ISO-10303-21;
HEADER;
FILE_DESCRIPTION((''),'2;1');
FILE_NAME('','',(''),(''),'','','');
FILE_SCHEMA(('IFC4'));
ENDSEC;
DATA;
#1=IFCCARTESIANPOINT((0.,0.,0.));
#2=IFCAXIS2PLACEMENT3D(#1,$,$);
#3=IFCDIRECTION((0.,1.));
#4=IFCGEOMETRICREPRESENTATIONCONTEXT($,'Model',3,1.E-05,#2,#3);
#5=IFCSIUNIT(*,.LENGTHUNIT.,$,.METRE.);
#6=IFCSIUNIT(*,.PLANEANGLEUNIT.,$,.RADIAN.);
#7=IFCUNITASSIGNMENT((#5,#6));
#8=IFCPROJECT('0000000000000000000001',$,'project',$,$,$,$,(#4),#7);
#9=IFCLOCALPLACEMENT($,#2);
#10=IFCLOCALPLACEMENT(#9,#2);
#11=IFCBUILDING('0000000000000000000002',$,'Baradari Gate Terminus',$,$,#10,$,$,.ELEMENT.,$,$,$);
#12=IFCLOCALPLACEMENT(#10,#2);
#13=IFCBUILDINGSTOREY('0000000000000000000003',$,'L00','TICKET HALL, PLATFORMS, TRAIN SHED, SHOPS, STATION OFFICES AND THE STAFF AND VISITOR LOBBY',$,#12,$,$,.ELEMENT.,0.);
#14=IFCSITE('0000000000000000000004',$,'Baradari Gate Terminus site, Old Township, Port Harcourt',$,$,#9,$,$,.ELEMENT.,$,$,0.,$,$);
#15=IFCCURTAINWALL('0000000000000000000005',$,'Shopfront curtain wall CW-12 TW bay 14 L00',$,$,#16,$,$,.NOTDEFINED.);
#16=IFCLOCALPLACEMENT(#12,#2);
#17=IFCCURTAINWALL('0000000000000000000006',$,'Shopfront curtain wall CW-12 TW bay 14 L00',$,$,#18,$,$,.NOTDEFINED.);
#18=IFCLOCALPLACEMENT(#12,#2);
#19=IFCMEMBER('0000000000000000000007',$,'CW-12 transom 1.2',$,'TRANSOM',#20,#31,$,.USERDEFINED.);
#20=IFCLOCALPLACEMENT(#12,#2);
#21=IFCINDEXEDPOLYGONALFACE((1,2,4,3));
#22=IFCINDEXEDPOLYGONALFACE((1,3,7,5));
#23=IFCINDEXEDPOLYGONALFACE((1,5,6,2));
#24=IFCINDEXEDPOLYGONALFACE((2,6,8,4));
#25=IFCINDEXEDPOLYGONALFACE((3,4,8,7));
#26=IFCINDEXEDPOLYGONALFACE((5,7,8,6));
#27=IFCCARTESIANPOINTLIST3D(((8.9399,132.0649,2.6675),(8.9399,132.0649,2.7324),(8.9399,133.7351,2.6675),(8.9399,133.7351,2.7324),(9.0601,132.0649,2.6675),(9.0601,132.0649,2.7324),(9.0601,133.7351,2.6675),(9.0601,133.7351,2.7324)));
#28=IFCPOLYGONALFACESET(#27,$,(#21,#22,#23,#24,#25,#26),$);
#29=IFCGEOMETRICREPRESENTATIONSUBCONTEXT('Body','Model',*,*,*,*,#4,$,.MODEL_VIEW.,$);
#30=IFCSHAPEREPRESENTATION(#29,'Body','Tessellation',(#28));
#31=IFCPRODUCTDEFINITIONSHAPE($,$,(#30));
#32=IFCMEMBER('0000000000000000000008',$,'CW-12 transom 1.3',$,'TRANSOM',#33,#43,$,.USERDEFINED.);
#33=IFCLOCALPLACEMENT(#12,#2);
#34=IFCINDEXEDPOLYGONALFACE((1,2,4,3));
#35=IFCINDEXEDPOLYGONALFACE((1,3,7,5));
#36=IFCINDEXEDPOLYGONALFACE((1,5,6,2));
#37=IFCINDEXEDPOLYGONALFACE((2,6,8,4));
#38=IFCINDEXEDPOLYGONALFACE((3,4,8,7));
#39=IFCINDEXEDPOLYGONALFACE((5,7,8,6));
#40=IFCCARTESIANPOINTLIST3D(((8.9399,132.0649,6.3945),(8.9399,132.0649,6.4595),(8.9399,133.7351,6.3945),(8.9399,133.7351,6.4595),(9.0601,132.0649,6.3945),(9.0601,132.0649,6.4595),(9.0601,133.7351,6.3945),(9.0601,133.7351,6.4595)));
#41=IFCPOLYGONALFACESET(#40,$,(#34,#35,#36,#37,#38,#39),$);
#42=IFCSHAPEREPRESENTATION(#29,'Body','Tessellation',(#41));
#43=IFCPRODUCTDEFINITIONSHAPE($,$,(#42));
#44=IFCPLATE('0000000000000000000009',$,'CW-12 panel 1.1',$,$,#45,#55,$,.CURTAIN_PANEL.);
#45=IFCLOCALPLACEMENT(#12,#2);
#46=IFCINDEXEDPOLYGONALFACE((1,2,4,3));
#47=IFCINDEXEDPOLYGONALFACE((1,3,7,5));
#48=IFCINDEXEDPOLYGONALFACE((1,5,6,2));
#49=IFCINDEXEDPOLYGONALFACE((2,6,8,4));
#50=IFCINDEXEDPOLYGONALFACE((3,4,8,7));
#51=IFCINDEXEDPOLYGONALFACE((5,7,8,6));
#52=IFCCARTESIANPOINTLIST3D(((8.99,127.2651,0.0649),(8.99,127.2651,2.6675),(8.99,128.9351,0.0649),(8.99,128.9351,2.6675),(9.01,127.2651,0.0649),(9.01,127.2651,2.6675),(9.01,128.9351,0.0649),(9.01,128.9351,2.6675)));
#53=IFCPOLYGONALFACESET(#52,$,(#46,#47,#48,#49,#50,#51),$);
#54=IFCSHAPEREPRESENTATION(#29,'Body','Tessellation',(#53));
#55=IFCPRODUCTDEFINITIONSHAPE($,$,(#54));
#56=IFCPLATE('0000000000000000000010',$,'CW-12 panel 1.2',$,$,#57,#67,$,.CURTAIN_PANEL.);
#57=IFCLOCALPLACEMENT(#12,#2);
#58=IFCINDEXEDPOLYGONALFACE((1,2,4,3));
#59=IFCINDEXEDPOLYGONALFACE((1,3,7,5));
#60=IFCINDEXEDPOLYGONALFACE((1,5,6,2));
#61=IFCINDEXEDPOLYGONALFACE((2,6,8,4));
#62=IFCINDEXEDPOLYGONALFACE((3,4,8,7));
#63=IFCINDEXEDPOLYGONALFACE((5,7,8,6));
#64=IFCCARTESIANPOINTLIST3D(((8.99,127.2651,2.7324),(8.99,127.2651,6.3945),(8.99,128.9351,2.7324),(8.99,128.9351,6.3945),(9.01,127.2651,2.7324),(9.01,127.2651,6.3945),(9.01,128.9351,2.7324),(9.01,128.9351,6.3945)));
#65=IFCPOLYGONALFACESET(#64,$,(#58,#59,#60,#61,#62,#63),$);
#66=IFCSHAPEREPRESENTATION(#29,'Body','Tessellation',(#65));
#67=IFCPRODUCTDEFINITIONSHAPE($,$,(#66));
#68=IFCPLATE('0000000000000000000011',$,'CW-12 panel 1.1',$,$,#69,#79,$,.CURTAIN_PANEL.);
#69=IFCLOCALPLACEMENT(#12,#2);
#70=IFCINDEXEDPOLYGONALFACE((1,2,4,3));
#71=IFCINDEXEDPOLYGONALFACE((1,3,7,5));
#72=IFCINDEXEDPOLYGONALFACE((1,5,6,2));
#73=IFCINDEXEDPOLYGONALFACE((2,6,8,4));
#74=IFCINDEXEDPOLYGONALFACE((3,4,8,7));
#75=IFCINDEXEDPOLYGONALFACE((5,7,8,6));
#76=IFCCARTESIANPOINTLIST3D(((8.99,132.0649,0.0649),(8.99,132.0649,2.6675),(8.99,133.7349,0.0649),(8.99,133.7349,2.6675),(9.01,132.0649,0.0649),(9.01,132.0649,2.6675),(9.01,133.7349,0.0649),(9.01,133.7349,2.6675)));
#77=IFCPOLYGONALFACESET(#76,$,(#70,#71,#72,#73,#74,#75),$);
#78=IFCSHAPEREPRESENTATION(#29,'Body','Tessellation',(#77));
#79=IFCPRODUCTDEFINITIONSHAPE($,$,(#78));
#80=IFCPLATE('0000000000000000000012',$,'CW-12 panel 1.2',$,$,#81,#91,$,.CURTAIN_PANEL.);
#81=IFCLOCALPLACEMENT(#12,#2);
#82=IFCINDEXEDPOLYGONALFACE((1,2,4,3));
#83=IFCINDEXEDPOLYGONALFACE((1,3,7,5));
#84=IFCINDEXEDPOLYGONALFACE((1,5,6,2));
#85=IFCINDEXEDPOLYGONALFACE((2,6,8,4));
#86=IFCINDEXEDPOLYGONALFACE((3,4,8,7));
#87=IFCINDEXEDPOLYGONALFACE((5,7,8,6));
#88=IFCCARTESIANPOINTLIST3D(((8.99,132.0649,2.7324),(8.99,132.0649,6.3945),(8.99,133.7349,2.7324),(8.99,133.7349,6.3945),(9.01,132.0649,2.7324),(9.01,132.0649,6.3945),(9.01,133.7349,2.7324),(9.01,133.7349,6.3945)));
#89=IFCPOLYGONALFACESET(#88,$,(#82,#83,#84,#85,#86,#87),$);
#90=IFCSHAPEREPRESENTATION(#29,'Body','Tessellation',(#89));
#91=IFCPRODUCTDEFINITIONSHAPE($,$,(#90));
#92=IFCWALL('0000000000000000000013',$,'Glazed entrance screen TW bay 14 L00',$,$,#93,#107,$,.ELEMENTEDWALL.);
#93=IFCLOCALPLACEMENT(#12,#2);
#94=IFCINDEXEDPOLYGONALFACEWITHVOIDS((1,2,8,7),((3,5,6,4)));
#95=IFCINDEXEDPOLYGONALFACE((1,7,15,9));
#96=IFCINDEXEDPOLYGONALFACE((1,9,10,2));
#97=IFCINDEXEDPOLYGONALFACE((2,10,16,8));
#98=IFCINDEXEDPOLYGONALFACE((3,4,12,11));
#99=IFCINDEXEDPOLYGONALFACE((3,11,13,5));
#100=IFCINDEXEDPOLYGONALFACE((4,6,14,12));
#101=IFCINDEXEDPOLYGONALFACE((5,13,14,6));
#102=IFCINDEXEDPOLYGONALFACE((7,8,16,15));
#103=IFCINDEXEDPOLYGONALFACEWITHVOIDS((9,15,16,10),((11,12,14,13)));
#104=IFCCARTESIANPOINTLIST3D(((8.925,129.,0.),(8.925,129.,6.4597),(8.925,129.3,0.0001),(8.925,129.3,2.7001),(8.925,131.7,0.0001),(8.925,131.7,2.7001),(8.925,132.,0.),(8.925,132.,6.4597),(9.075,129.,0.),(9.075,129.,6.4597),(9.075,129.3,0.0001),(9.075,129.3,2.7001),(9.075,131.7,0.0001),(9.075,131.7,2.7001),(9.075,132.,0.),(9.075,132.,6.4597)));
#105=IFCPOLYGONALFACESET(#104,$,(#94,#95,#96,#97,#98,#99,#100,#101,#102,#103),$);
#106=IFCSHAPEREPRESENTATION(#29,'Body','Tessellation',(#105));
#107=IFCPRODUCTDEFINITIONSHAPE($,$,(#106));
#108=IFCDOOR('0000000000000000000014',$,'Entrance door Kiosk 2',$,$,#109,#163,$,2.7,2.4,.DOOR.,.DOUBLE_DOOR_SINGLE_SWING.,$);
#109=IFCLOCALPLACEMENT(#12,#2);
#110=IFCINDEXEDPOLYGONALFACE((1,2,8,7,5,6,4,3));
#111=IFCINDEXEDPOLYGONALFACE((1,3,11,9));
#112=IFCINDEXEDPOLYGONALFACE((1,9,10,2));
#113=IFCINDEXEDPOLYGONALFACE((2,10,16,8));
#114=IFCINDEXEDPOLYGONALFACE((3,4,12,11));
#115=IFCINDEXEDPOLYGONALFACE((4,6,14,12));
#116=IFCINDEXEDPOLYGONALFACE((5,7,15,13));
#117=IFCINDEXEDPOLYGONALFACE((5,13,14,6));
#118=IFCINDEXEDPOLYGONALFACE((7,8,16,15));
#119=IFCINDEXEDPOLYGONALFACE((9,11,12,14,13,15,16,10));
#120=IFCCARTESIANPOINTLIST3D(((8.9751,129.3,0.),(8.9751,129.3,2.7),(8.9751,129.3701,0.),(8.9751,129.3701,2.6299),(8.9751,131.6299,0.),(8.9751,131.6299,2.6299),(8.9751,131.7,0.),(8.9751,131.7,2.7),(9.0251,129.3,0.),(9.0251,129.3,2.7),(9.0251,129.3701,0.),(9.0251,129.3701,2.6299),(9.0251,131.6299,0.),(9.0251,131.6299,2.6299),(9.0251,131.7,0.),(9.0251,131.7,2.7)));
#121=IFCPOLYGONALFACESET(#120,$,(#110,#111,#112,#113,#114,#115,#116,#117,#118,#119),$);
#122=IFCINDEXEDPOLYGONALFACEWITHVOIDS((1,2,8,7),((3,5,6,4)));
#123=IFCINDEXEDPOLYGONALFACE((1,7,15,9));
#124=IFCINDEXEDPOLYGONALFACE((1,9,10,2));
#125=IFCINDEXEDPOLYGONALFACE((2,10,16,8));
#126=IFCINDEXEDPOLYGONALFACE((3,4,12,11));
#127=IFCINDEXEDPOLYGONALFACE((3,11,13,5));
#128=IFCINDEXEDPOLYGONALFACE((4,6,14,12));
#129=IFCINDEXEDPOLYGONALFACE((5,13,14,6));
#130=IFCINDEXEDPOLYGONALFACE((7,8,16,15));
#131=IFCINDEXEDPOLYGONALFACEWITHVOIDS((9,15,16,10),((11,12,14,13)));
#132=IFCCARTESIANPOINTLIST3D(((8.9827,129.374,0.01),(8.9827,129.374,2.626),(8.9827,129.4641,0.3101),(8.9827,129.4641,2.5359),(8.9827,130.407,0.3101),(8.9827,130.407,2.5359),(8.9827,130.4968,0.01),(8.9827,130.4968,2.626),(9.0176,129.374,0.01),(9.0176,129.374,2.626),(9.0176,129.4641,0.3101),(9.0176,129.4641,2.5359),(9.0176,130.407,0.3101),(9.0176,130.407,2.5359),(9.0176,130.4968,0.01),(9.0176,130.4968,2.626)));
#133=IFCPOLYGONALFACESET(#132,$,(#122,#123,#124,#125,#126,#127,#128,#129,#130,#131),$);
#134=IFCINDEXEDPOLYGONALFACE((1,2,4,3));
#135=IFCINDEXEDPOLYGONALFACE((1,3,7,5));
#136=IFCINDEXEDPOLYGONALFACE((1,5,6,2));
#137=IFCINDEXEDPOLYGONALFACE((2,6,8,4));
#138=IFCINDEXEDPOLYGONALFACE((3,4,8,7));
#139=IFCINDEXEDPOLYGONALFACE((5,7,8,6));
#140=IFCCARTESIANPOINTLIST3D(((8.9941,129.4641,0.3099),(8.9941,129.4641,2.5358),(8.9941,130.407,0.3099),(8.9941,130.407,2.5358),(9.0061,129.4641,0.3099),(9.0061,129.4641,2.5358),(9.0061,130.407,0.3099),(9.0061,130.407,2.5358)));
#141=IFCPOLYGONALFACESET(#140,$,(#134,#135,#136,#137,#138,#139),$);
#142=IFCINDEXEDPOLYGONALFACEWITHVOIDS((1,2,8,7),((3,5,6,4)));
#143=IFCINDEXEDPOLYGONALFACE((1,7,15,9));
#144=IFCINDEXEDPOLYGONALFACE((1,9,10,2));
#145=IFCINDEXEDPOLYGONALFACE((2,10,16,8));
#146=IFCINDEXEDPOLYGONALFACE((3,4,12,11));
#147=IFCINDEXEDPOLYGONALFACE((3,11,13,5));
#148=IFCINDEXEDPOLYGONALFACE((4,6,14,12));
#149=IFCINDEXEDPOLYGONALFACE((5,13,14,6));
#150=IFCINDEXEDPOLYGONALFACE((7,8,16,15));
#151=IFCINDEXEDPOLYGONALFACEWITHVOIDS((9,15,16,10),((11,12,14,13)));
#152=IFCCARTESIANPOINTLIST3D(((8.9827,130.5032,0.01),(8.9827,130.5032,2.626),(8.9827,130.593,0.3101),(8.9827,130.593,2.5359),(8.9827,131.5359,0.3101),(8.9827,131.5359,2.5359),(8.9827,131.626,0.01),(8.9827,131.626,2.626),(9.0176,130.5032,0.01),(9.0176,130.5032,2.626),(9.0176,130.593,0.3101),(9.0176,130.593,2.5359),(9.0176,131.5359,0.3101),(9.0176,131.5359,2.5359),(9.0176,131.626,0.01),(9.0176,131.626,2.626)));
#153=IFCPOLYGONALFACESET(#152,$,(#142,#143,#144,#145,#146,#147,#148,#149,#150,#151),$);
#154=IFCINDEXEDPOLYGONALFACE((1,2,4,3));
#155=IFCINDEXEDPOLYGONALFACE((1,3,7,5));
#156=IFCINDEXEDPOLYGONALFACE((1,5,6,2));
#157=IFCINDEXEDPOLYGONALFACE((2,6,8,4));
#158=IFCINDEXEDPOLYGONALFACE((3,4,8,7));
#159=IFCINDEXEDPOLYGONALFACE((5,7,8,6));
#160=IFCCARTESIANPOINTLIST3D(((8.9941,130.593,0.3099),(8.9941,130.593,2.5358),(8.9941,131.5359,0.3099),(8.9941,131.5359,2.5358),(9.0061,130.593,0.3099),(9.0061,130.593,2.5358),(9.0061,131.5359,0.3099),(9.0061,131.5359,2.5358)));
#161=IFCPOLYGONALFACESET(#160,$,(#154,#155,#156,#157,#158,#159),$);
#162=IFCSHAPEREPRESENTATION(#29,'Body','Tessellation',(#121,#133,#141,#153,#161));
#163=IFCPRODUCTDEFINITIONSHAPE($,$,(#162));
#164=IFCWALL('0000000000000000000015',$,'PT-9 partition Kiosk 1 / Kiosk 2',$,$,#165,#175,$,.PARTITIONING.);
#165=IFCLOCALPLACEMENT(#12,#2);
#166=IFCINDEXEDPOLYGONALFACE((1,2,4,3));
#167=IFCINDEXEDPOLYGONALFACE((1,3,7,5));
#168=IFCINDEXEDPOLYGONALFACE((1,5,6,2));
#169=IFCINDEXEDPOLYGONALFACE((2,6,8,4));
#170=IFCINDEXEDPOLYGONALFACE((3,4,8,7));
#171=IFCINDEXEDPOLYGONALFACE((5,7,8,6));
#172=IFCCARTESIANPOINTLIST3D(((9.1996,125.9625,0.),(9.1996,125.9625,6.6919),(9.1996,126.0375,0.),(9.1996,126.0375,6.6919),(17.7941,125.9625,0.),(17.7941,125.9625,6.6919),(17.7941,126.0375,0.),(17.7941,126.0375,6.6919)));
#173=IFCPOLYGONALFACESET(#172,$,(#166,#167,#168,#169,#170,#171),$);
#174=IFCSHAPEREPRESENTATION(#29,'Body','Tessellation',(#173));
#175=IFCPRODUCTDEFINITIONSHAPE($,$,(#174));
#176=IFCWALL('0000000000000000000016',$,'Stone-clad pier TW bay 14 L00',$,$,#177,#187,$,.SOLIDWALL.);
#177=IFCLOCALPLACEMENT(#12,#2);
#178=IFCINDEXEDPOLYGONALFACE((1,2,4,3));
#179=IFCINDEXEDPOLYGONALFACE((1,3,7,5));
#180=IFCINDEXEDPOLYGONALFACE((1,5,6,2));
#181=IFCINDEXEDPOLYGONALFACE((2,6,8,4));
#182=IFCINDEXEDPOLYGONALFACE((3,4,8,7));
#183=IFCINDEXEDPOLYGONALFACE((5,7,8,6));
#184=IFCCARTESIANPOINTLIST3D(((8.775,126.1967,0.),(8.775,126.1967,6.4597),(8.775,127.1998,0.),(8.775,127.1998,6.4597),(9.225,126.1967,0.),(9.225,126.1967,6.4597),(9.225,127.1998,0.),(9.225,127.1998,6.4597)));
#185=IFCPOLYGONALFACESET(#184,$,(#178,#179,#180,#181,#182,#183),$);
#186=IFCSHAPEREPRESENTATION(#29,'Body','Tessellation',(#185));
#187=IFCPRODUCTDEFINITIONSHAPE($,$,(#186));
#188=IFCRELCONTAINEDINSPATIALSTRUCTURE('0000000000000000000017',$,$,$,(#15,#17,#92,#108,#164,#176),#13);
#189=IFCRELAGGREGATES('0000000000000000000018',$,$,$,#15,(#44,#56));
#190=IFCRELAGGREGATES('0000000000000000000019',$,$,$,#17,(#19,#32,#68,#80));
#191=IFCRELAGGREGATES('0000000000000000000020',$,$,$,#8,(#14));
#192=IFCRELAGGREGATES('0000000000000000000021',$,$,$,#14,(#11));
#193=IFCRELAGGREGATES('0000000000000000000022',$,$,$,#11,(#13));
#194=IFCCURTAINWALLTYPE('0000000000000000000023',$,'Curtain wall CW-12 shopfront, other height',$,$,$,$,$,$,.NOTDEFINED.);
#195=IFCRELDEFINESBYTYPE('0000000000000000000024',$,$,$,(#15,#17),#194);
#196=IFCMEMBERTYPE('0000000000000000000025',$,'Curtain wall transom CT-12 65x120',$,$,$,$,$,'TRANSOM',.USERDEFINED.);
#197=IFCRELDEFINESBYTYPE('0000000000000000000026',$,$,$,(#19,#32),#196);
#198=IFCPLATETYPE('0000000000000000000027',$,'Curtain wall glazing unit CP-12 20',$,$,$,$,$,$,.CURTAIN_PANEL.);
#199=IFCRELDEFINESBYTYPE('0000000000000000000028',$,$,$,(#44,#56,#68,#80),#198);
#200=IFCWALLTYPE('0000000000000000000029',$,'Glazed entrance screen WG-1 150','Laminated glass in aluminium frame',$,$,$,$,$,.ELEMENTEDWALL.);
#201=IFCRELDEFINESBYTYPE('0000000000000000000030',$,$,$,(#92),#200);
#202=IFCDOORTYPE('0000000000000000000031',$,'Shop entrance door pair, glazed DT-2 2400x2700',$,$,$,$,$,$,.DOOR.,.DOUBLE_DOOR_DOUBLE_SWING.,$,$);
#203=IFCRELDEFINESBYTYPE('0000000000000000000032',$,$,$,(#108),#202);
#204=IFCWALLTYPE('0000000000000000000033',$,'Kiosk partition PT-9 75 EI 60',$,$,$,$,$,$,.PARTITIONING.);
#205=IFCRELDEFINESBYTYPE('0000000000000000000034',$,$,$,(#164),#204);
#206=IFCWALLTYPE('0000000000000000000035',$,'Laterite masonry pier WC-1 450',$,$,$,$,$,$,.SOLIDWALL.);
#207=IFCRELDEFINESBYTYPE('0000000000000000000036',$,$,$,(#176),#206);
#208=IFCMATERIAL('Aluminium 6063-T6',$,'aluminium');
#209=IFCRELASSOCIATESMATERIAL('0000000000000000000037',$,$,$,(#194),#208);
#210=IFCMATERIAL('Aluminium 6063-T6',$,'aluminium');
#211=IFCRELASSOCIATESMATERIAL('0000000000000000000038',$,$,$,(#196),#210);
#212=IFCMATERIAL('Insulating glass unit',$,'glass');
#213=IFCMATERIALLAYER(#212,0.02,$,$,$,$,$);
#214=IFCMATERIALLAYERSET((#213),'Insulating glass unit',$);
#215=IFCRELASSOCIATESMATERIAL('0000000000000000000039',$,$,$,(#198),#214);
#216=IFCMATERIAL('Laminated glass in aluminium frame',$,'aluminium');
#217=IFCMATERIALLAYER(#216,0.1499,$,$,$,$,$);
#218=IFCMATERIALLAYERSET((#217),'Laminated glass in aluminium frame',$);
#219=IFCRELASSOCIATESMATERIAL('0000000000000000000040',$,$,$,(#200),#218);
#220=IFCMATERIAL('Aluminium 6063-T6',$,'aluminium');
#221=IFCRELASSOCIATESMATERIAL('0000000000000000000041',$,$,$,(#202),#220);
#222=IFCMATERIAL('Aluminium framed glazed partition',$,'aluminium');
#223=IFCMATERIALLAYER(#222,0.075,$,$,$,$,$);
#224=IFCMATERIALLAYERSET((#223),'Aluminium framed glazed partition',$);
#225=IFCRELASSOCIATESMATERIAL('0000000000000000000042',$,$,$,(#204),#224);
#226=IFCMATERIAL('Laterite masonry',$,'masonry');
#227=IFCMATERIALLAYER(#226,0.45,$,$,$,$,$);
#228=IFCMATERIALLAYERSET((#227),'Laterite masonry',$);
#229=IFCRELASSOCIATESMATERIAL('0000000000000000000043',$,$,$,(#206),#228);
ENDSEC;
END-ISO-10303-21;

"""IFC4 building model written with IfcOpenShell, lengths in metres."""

from ifc_helpers import new_model, si_unit, direction, frame, frame_2d, origin, origin_2d, place, context, subcontext, project, spatial, polyline, rectangle, outline, extrude, material, layer, layer_set, material_profile, profile_set, type_object, element, fill, aggregate, save


model = new_model("IFC4")

# Units and contexts
model_context = context("Model", 3, precision=1e-05, world=origin(), true_north=direction((0.0, 1.0)))
body_context = subcontext(model_context, "Body", "Model", "MODEL_VIEW")
ifc_project = project(units=[si_unit("LENGTHUNIT", "METRE"), si_unit("PLANEANGLEUNIT", "RADIAN")], contexts=[model_context])

# Site, building, storey
site_placement = place(None, origin())
site = spatial("IfcSite", under=ifc_project, at=site_placement, Name="Baradari Gate Terminus site, Old Township, Port Harcourt", CompositionType="ELEMENT", RefElevation=0.0)
building_placement = place(site_placement, origin())
building = spatial("IfcBuilding", under=site, at=building_placement, Name="Baradari Gate Terminus", CompositionType="ELEMENT")
storey_placement = place(building_placement, origin())
storey = spatial("IfcBuildingStorey", under=building, at=storey_placement, Name="L00", Description="TICKET HALL, PLATFORMS, TRAIN SHED, SHOPS, STATION OFFICES AND THE STAFF AND VISITOR LOBBY", CompositionType="ELEMENT", Elevation=0.0)

# Curtain wall
ifc_material_1 = material(Name="Aluminium 6063-T6", Category="aluminium")
curtain_wall_type = type_object("IfcCurtainWallType", Name="Curtain wall CW-12 shopfront, other height", PredefinedType="NOTDEFINED", material=ifc_material_1)
curtain_wall_1_placement = place(storey_placement, origin())
curtain_wall_1 = element("IfcCurtainWall", 1, at=curtain_wall_1_placement, inside=storey, type_object=curtain_wall_type, Name="Shopfront curtain wall CW-12 TW bay 14 L00", PredefinedType="NOTDEFINED")

# Curtain wall
curtain_wall_2_placement = place(storey_placement, origin())
curtain_wall_2 = element("IfcCurtainWall", 2, at=curtain_wall_2_placement, inside=storey, type_object=curtain_wall_type, Name="Shopfront curtain wall CW-12 TW bay 14 L00", PredefinedType="NOTDEFINED")

# Members
ifc_material_2 = material(Name="Aluminium 6063-T6", Category="aluminium")
ifc_material_profile_1 = material_profile(ifc_material_2, rectangle(XDim=0.1201, YDim=0.0649, at=origin_2d()), Name="CT-12 65X120")
ifc_profile_set_1 = profile_set([ifc_material_profile_1], Name="Aluminium 6063-T6")
member_type_1 = type_object("IfcMemberType", Name="Curtain wall transom CT-12 65x120", ElementType="TRANSOM", PredefinedType="USERDEFINED", material=ifc_profile_set_1)
member_1_placement = place(storey_placement, frame((9.0, 132.0649, 2.7), z_axis=(0.0, 1.0, 0.0), x_axis=(-1.0, 0.0, 0.0)))
member_1 = element("IfcMember", 3, at=member_1_placement, type_object=member_type_1, Name="CW-12 transom 1.2", ObjectType="TRANSOM", PredefinedType="USERDEFINED", context=body_context, shape_type="SweptSolid", body=[
    extrude(rectangle(XDim=0.1201, YDim=0.0649, at=origin_2d()), origin(), (0.0, 0.0, 1.0), 1.6702),
])
member_2_placement = place(storey_placement, frame((9.0, 132.0649, 6.427), z_axis=(0.0, 1.0, 0.0), x_axis=(-1.0, 0.0, 0.0)))
member_2 = element("IfcMember", 4, at=member_2_placement, type_object=member_type_1, Name="CW-12 transom 1.3", ObjectType="TRANSOM", PredefinedType="USERDEFINED", context=body_context, shape_type="SweptSolid", body=[
    extrude(rectangle(XDim=0.1201, YDim=0.0649, at=origin_2d()), origin(), (0.0, 0.0, 1.0), 1.6702),
])

# Plates
ifc_material_3 = material(Name="Insulating glass unit", Category="glass")
ifc_layer_1 = layer(ifc_material_3, 0.02)
ifc_layer_set_1 = layer_set([ifc_layer_1], Name="Insulating glass unit")
plate_type = type_object("IfcPlateType", Name="Curtain wall glazing unit CP-12 20", PredefinedType="CURTAIN_PANEL", material=ifc_layer_set_1)
plate_1_placement = place(storey_placement, frame((9.0, 128.1001, 0.0649), z_axis=(0.0, 0.0, 1.0), x_axis=(0.0, 1.0, 0.0)))
plate_1 = element("IfcPlate", 5, at=plate_1_placement, type_object=plate_type, Name="CW-12 panel 1.1", PredefinedType="CURTAIN_PANEL", context=body_context, shape_type="SweptSolid", body=[
    extrude(rectangle(XDim=1.6699, YDim=0.02, at=origin_2d()), origin(), (0.0, 0.0, 1.0), 2.6025),
])
plate_2_placement = place(storey_placement, frame((9.0, 128.1001, 2.7324), z_axis=(0.0, 0.0, 1.0), x_axis=(0.0, 1.0, 0.0)))
plate_2 = element("IfcPlate", 6, at=plate_2_placement, type_object=plate_type, Name="CW-12 panel 1.2", PredefinedType="CURTAIN_PANEL", context=body_context, shape_type="SweptSolid", body=[
    extrude(rectangle(XDim=1.6699, YDim=0.02, at=origin_2d()), origin(), (0.0, 0.0, 1.0), 3.6621),
])
aggregate(curtain_wall_1, [plate_1, plate_2])
plate_3_placement = place(storey_placement, frame((9.0, 132.8999, 0.0649), z_axis=(0.0, 0.0, 1.0), x_axis=(0.0, 1.0, 0.0)))
plate_3 = element("IfcPlate", 7, at=plate_3_placement, type_object=plate_type, Name="CW-12 panel 1.1", PredefinedType="CURTAIN_PANEL", context=body_context, shape_type="SweptSolid", body=[
    extrude(rectangle(XDim=1.6699, YDim=0.02, at=origin_2d()), origin(), (0.0, 0.0, 1.0), 2.6025),
])
plate_4_placement = place(storey_placement, frame((9.0, 132.8999, 2.7324), z_axis=(0.0, 0.0, 1.0), x_axis=(0.0, 1.0, 0.0)))
plate_4 = element("IfcPlate", 8, at=plate_4_placement, type_object=plate_type, Name="CW-12 panel 1.2", PredefinedType="CURTAIN_PANEL", context=body_context, shape_type="SweptSolid", body=[
    extrude(rectangle(XDim=1.6699, YDim=0.02, at=origin_2d()), origin(), (0.0, 0.0, 1.0), 3.6621),
])
aggregate(curtain_wall_2, [member_1, member_2, plate_3, plate_4])

# Wall, opening, door
ifc_material_4 = material(Name="Laminated glass in aluminium frame", Category="aluminium")
ifc_layer_2 = layer(ifc_material_4, 0.1499)
ifc_layer_set_2 = layer_set([ifc_layer_2], Name="Laminated glass in aluminium frame")
wall_type_1 = type_object("IfcWallType", Name="Glazed entrance screen WG-1 150", Description="Laminated glass in aluminium frame", PredefinedType="ELEMENTEDWALL", material=ifc_layer_set_2)
wall_1_placement = place(storey_placement, frame((9.0, 129.0, 0.0), z_axis=(0.0, 0.0, 1.0), x_axis=(0.0, 1.0, 0.0)))
wall_1 = element("IfcWall", 9, at=wall_1_placement, inside=storey, type_object=wall_type_1, Name="Glazed entrance screen TW bay 14 L00", PredefinedType="ELEMENTEDWALL", context=body_context, shape_type="SweptSolid", body=[
    extrude(rectangle(XDim=3.0, YDim=0.1499, at=frame_2d((1.5, 0.0))), origin(), (0.0, 0.0, 1.0), 6.4597),
])
opening_placement = place(wall_1_placement, frame((0.3, 0.0, 0.0)))
opening = element("IfcOpeningElement", 10, at=opening_placement, cuts=wall_1, PredefinedType="OPENING", context=body_context, shape_type="SweptSolid", body=[
    extrude(rectangle(XDim=2.3999, YDim=2.7, at=frame_2d((1.2, 1.3501))), frame((0.0, 0.085, 0.0), z_axis=(0.0, -1.0, 0.0), x_axis=(1.0, 0.0, 0.0)), (0.0, 0.0, 1.0), 0.1699),
])
ifc_material_5 = material(Name="Aluminium 6063-T6", Category="aluminium")
door_type = type_object("IfcDoorType", Name="Shop entrance door pair, glazed DT-2 2400x2700", OperationType="DOUBLE_DOOR_DOUBLE_SWING", PredefinedType="DOOR", material=ifc_material_5)
door_placement = place(opening_placement, origin())
door = element("IfcDoor", 11, at=door_placement, inside=storey, type_object=door_type, Name="Entrance door Kiosk 2", OperationType="DOUBLE_DOOR_SINGLE_SWING", OverallHeight=2.7, OverallWidth=2.4, PredefinedType="DOOR", context=body_context, shape_type="SweptSolid", body=[
    extrude(outline(polyline([(0.0, 0.0), (0.0701, 0.0), (0.0701, 2.6299), (2.3298, 2.6299), (2.3298, 0.0), (2.3999, 0.0), (2.3999, 2.7), (0.0, 2.7), (0.0, 0.0)])), frame((0.0, 0.0249, 0.0), z_axis=(0.0, -1.0, 0.0), x_axis=(1.0, 0.0, 0.0)), (0.0, 0.0, 1.0), 0.05),
    extrude(outline(polyline([(0.074, 0.01), (1.1968, 0.01), (1.1968, 2.626), (0.074, 2.626), (0.074, 0.01)]), holes=[polyline([(0.1641, 0.3101), (1.1069, 0.3101), (1.1069, 2.5359), (0.1641, 2.5359), (0.1641, 0.3101)])]), frame((0.0, 0.0173, 0.0), z_axis=(0.0, -1.0, 0.0), x_axis=(1.0, 0.0, 0.0)), (0.0, 0.0, 1.0), 0.0349),
    extrude(rectangle(XDim=0.9429, YDim=2.2258, at=frame_2d((0.6355, 1.4229))), frame((0.0, 0.0059, 0.0), z_axis=(0.0, -1.0, 0.0), x_axis=(1.0, 0.0, 0.0)), (0.0, 0.0, 1.0), 0.012),
    extrude(outline(polyline([(1.2031, 0.01), (2.3259, 0.01), (2.3259, 2.626), (1.2031, 2.626), (1.2031, 0.01)]), holes=[polyline([(1.293, 0.3101), (2.2358, 0.3101), (2.2358, 2.5359), (1.293, 2.5359), (1.293, 0.3101)])]), frame((0.0, 0.0173, 0.0), z_axis=(0.0, -1.0, 0.0), x_axis=(1.0, 0.0, 0.0)), (0.0, 0.0, 1.0), 0.0349),
    extrude(rectangle(XDim=0.9429, YDim=2.2258, at=frame_2d((1.7644, 1.4229))), frame((0.0, 0.0059, 0.0), z_axis=(0.0, -1.0, 0.0), x_axis=(1.0, 0.0, 0.0)), (0.0, 0.0, 1.0), 0.012),
])
fill(opening, door)

# Walls
ifc_material_6 = material(Name="Aluminium framed glazed partition", Category="aluminium")
ifc_layer_3 = layer(ifc_material_6, 0.075)
ifc_layer_set_3 = layer_set([ifc_layer_3], Name="Aluminium framed glazed partition")
wall_type_2 = type_object("IfcWallType", Name="Kiosk partition PT-9 75 EI 60", PredefinedType="PARTITIONING", material=ifc_layer_set_3)
wall_2_placement = place(storey_placement, frame((9.1995, 126.0, 0.0), z_axis=(0.0, 0.0, 1.0), x_axis=(1.0, 0.0, 0.0)))
element("IfcWall", 12, at=wall_2_placement, inside=storey, type_object=wall_type_2, Name="PT-9 partition Kiosk 1 / Kiosk 2", PredefinedType="PARTITIONING", context=body_context, shape_type="SweptSolid", body=[
    extrude(rectangle(XDim=8.5945, YDim=0.075, at=frame_2d((4.2974, 0.0))), origin(), (0.0, 0.0, 1.0), 6.6919),
])
ifc_material_7 = material(Name="Laterite masonry", Category="masonry")
ifc_layer_4 = layer(ifc_material_7, 0.45)
ifc_layer_set_4 = layer_set([ifc_layer_4], Name="Laterite masonry")
wall_type_3 = type_object("IfcWallType", Name="Laterite masonry pier WC-1 450", PredefinedType="SOLIDWALL", material=ifc_layer_set_4)
wall_3_placement = place(storey_placement, frame((9.0, 126.1968, 0.0), z_axis=(0.0, 0.0, 1.0), x_axis=(0.0, 1.0, 0.0)))
element("IfcWall", 13, at=wall_3_placement, inside=storey, type_object=wall_type_3, Name="Stone-clad pier TW bay 14 L00", PredefinedType="SOLIDWALL", context=body_context, shape_type="SweptSolid", body=[
    extrude(rectangle(XDim=1.0032, YDim=0.45, at=frame_2d((0.5015, 0.0))), origin(), (0.0, 0.0, 1.0), 6.4597),
])

save(model, "model.ifc")
